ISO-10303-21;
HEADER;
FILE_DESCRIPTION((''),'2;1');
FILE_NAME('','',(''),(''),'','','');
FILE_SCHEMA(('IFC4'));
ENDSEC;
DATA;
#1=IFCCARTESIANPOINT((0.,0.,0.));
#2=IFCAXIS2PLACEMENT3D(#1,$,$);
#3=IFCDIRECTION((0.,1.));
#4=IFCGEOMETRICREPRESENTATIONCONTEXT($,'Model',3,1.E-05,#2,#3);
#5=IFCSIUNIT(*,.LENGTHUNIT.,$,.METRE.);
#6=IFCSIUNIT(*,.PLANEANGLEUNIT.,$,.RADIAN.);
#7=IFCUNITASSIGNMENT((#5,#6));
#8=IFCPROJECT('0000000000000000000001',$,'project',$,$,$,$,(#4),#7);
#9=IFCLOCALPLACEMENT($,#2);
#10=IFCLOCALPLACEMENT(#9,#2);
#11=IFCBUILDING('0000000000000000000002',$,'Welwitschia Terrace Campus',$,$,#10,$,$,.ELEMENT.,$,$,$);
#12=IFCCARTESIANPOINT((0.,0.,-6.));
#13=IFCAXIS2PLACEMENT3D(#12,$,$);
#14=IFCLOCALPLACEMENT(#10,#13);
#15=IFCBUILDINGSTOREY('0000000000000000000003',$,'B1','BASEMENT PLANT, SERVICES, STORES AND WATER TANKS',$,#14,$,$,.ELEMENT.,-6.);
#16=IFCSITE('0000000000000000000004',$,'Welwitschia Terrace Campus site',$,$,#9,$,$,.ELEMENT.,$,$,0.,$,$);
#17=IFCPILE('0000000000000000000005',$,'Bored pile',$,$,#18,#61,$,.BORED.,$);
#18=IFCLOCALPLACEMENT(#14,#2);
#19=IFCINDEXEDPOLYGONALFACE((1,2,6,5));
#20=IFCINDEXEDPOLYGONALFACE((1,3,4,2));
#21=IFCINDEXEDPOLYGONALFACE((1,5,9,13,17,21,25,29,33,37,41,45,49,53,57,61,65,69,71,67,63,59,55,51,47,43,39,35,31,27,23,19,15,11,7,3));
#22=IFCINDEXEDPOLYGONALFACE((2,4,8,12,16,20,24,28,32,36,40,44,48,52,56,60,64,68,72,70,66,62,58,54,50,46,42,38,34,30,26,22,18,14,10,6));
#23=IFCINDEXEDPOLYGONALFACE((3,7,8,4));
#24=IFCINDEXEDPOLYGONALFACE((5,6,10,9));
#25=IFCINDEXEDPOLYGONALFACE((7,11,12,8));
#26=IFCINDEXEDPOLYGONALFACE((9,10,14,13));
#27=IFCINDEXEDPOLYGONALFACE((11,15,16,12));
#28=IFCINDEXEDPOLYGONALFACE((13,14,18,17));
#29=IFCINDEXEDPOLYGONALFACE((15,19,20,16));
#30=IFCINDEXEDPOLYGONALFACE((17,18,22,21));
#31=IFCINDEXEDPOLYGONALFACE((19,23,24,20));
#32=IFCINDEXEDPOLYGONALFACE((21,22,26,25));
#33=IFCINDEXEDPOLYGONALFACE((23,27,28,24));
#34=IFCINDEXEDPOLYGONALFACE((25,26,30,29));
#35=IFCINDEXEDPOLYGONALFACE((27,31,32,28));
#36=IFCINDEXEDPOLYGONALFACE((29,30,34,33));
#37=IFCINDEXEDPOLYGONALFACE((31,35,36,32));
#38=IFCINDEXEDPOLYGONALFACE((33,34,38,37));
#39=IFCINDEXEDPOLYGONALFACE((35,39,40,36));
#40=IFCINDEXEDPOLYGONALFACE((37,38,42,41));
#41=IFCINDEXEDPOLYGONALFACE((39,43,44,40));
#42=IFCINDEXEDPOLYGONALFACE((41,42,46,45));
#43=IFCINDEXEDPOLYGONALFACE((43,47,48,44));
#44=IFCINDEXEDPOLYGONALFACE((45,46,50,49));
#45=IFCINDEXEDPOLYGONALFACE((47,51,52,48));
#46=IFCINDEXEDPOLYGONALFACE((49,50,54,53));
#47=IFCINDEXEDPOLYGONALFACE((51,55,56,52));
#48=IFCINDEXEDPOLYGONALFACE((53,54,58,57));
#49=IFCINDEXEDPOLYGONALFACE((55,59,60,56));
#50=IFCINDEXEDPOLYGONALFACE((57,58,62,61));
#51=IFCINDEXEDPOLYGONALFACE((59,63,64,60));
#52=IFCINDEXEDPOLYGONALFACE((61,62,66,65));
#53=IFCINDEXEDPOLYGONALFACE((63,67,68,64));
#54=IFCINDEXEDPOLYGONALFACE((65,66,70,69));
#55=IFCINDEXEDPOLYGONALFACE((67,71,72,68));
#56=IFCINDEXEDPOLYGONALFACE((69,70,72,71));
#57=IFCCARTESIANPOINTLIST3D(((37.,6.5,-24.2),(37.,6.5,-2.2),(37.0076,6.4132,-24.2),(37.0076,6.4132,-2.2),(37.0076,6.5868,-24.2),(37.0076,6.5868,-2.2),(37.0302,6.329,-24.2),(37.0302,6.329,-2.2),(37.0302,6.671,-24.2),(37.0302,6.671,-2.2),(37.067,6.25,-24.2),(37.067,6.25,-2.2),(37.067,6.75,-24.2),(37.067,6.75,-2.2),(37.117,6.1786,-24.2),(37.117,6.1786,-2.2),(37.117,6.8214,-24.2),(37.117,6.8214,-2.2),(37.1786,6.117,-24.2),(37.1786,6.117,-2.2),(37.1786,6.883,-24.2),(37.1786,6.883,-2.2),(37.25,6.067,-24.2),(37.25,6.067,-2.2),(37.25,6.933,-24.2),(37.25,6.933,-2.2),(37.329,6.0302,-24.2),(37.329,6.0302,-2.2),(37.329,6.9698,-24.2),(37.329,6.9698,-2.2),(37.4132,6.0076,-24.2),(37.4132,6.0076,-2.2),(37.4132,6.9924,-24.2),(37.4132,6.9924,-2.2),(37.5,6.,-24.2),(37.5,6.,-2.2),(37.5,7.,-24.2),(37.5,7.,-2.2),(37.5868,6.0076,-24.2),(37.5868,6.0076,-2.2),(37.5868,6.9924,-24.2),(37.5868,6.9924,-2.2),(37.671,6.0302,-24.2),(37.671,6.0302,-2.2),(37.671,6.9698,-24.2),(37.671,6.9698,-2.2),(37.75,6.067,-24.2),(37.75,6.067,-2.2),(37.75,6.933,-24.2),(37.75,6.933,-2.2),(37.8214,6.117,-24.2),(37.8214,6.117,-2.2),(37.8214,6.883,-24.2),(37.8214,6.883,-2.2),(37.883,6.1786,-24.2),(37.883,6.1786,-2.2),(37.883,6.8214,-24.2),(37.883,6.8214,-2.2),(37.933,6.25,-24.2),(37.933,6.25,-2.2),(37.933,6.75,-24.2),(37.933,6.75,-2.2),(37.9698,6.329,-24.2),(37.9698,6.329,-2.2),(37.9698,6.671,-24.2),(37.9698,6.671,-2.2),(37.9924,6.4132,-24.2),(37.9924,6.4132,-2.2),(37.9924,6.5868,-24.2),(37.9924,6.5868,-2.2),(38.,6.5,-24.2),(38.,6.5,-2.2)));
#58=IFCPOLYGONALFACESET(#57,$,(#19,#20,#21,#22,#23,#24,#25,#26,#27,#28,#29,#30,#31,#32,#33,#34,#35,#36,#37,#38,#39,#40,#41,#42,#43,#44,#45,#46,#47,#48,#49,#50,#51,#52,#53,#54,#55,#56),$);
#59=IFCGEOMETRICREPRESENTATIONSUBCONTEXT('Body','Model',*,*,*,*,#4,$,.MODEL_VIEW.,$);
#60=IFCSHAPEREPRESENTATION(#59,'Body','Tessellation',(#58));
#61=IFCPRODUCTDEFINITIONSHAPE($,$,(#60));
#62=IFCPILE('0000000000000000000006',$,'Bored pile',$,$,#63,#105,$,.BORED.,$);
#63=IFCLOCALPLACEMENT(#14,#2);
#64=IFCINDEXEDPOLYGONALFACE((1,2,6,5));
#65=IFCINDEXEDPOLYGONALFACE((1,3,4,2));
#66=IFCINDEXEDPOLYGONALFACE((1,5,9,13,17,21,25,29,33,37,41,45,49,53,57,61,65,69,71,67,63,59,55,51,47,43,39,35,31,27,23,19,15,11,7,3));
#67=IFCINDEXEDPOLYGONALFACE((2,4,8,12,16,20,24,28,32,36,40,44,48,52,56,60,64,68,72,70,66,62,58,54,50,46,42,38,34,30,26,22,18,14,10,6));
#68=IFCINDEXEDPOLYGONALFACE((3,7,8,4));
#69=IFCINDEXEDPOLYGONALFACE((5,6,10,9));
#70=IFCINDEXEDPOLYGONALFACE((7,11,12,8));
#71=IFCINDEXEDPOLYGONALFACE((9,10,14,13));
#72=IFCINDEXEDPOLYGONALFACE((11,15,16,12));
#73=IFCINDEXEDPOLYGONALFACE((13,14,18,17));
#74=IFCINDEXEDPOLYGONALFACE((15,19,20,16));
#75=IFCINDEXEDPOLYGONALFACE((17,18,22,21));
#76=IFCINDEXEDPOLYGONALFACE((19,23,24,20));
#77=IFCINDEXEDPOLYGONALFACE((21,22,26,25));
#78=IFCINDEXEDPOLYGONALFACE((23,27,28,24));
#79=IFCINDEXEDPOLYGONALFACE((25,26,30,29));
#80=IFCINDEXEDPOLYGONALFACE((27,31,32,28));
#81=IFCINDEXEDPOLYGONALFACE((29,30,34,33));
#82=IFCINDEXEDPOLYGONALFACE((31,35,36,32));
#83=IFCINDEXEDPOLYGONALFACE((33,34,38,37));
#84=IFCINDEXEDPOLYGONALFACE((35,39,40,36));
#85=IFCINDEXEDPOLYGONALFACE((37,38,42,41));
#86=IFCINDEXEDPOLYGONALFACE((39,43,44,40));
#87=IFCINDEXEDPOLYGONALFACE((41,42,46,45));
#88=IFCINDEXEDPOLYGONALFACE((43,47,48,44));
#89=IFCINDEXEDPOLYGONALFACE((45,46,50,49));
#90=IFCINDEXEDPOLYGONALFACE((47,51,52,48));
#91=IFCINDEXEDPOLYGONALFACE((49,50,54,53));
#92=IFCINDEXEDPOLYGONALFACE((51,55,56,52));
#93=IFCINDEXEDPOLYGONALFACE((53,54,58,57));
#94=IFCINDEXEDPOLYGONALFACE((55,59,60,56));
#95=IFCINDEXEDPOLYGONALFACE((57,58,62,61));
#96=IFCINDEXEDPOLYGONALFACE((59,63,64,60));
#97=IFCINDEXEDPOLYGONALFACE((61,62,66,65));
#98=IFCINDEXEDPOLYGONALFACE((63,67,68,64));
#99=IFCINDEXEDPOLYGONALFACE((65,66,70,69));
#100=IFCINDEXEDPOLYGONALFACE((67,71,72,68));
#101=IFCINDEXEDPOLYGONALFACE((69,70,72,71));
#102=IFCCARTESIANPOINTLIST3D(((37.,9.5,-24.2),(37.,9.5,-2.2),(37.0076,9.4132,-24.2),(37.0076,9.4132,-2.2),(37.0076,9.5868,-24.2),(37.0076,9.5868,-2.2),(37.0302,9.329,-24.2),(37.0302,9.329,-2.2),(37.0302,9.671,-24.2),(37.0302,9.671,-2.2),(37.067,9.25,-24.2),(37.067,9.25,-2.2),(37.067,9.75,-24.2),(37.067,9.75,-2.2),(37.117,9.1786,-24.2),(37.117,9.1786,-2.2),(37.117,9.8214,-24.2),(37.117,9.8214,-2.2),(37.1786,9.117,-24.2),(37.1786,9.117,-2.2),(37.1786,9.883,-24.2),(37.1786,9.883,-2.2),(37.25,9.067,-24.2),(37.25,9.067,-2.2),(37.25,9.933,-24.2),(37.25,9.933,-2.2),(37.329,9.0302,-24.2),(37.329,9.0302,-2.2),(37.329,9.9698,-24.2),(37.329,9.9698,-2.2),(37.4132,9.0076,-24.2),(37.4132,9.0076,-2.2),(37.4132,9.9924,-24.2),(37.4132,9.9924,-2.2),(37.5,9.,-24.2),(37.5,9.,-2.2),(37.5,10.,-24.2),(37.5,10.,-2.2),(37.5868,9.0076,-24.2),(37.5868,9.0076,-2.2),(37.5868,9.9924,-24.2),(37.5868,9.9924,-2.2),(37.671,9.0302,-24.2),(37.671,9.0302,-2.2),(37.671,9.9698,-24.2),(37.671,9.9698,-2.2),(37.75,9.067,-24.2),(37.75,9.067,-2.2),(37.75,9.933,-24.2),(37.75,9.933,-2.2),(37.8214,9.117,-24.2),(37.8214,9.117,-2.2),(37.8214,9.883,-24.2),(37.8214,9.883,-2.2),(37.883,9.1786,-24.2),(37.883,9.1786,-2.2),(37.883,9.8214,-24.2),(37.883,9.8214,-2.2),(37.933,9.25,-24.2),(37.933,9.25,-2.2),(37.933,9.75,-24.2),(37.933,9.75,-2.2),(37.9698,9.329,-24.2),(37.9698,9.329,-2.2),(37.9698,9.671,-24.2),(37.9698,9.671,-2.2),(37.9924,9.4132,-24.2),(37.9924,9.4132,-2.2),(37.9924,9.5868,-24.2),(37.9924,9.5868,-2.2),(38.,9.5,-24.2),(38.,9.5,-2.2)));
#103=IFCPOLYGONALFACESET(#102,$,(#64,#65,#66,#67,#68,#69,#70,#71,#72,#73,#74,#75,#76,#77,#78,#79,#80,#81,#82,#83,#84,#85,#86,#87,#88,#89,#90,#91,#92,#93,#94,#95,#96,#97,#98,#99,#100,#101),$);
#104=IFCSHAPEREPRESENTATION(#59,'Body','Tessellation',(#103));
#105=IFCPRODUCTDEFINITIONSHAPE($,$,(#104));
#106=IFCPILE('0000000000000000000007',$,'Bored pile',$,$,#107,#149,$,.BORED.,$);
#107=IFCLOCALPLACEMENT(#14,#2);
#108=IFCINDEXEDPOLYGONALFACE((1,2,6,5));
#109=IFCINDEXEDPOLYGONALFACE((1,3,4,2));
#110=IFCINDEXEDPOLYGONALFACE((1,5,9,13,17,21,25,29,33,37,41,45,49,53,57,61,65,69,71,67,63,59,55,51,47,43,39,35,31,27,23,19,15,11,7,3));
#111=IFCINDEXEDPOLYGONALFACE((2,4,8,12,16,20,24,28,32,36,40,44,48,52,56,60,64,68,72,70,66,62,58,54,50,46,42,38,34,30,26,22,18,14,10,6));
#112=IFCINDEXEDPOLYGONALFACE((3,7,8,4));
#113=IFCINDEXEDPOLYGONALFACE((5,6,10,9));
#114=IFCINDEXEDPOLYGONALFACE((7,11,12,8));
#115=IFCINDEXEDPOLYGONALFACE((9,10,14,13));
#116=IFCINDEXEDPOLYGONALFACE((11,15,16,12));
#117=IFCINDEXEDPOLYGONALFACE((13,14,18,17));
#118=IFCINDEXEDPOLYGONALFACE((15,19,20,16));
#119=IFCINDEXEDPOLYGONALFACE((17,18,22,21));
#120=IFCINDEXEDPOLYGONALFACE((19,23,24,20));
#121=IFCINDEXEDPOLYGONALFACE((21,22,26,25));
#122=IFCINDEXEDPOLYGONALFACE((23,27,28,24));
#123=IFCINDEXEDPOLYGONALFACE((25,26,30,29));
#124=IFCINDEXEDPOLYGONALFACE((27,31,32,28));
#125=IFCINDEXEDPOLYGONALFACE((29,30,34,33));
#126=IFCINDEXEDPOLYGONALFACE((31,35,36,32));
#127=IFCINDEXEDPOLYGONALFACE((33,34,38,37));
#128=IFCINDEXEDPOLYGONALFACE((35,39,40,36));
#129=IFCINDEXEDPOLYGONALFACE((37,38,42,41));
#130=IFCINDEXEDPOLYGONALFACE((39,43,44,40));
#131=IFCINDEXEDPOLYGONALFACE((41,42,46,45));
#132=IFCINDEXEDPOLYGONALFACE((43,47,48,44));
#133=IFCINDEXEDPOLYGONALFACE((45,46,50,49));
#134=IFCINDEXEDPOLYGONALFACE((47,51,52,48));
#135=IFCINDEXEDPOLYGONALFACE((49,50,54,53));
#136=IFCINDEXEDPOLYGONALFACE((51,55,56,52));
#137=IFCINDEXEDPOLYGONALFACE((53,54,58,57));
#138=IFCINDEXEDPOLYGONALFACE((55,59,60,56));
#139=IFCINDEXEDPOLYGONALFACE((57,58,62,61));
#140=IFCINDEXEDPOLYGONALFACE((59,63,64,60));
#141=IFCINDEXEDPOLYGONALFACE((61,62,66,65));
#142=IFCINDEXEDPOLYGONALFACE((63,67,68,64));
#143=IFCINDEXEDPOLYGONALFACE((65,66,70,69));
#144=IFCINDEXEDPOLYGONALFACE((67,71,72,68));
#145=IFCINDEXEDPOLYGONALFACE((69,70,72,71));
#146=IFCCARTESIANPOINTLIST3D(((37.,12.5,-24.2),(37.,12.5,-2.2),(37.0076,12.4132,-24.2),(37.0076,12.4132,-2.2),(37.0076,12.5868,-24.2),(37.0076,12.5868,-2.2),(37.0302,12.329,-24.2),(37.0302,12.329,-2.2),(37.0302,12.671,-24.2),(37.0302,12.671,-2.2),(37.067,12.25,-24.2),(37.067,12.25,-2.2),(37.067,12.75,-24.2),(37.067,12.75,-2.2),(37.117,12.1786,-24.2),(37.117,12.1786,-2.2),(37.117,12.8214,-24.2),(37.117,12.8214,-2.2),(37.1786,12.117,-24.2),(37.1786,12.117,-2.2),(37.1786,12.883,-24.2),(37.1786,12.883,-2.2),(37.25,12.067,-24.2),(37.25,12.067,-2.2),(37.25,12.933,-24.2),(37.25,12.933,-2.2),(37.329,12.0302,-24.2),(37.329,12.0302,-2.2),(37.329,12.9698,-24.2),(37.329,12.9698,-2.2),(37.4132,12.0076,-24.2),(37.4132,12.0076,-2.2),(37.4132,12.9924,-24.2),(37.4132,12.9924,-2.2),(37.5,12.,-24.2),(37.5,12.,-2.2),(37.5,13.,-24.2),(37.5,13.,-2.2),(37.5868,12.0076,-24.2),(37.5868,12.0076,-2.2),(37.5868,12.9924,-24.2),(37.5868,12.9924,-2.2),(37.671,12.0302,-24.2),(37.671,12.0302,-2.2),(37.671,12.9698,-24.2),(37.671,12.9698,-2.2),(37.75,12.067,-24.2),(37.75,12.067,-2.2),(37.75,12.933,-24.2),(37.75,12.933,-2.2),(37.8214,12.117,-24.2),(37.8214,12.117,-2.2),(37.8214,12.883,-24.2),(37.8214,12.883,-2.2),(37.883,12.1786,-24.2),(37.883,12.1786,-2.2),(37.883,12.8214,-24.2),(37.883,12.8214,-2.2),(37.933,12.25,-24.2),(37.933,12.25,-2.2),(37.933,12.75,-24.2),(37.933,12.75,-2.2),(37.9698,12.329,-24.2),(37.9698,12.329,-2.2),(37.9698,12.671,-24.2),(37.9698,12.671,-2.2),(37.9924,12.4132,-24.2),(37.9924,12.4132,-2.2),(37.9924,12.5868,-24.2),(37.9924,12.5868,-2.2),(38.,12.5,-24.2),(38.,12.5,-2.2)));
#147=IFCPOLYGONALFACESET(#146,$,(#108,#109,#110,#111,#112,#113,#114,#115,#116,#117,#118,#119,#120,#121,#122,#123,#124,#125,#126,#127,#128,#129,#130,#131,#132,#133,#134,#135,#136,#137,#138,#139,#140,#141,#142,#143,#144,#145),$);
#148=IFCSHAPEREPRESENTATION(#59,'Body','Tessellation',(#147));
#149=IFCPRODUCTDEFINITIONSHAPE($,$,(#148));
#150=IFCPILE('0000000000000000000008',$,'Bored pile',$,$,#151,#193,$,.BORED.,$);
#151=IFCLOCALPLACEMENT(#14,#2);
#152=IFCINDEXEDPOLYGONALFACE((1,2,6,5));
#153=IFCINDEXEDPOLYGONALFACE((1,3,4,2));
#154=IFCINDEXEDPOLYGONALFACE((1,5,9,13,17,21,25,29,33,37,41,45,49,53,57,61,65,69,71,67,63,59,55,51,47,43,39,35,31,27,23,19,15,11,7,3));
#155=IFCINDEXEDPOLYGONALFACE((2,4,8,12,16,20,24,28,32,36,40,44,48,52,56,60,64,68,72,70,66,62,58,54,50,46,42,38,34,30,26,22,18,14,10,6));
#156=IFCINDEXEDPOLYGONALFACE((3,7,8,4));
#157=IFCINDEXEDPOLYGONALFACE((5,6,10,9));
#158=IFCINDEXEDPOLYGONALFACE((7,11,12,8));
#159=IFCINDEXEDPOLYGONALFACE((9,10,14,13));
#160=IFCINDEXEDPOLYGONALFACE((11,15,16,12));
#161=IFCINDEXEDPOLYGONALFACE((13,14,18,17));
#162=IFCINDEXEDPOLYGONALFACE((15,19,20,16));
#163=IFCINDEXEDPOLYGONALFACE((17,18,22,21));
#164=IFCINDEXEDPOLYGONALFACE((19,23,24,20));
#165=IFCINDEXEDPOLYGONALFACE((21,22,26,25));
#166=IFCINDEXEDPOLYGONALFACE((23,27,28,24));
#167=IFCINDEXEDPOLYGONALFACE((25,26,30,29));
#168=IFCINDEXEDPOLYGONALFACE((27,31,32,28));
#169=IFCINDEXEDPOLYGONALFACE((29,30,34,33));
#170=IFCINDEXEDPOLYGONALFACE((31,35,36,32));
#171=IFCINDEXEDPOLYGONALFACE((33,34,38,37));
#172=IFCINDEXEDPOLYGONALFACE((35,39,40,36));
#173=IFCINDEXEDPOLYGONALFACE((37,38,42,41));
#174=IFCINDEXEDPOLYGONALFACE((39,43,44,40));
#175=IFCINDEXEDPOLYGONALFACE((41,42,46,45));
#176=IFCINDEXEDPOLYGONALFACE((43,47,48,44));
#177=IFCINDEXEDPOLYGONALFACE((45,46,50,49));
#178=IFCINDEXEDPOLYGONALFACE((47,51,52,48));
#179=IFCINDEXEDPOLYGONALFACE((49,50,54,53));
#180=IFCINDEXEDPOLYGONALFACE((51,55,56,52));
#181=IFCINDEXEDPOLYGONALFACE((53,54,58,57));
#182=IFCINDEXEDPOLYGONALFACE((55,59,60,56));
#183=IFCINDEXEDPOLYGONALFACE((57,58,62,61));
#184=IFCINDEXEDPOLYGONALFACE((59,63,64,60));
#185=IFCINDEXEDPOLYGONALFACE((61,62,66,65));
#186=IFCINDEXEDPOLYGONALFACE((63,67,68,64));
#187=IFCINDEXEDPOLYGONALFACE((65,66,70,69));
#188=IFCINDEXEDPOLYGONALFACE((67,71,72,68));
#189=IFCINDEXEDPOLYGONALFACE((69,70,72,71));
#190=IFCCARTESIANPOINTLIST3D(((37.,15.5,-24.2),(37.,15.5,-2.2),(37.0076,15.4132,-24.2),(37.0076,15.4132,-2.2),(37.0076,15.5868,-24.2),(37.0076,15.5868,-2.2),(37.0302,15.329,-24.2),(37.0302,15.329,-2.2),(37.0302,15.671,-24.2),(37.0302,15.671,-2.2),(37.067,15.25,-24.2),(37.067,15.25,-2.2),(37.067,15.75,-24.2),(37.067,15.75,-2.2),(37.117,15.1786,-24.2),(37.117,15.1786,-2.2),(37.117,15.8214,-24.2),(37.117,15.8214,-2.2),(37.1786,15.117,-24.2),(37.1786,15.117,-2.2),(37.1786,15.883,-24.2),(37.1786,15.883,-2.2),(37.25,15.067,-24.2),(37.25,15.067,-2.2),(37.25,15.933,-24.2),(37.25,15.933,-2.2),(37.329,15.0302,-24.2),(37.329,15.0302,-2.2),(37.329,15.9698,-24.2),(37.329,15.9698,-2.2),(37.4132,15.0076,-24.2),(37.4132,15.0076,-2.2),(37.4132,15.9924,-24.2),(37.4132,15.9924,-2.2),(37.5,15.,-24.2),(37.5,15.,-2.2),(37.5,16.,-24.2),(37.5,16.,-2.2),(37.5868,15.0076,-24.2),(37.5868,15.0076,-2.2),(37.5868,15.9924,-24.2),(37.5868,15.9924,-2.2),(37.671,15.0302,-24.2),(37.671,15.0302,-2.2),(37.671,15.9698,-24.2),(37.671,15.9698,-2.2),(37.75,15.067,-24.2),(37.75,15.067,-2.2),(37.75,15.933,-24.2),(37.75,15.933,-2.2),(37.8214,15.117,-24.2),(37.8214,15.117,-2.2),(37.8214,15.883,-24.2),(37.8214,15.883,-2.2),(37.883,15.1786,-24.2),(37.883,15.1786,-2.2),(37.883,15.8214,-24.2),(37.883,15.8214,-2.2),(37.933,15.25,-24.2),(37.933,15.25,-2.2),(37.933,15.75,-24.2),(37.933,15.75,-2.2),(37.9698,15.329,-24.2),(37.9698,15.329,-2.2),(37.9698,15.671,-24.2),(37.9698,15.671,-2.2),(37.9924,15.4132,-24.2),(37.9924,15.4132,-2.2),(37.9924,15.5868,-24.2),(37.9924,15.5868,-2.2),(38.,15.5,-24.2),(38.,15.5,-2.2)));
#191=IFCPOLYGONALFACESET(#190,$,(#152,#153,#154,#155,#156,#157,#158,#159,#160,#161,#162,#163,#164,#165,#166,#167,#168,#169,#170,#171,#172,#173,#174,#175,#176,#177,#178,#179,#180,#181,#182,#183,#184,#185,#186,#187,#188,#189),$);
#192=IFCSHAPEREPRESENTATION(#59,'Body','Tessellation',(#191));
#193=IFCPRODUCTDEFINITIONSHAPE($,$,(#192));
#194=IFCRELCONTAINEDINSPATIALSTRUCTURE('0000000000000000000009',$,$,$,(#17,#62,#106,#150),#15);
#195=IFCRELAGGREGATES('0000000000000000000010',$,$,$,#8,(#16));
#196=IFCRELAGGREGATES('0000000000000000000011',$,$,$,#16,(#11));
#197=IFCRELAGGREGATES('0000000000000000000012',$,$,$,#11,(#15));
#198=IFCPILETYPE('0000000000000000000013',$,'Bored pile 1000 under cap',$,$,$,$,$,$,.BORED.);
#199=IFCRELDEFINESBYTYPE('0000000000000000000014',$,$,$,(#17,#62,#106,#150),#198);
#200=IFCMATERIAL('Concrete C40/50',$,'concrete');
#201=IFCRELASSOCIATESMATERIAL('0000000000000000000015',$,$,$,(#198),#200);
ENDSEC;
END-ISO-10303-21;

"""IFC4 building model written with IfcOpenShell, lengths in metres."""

from ifc_helpers import new_model, si_unit, direction, frame, origin, origin_2d, place, context, subcontext, project, spatial, circle, extrude, material, type_object, element, save


model = new_model("IFC4")

# Units and contexts
model_context = context("Model", 3, precision=1e-05, world=origin(), true_north=direction((0.0, 1.0)))
body_context = subcontext(model_context, "Body", "Model", "MODEL_VIEW")
ifc_project = project(units=[si_unit("LENGTHUNIT", "METRE"), si_unit("PLANEANGLEUNIT", "RADIAN")], contexts=[model_context])

# Site, building, storey
site_placement = place(None, origin())
site = spatial("IfcSite", under=ifc_project, at=site_placement, Name="Welwitschia Terrace Campus site", CompositionType="ELEMENT", RefElevation=0.0)
building_placement = place(site_placement, origin())
building = spatial("IfcBuilding", under=site, at=building_placement, Name="Welwitschia Terrace Campus", CompositionType="ELEMENT")
storey_placement = place(building_placement, frame((0.0, 0.0, -6.0)))
storey = spatial("IfcBuildingStorey", under=building, at=storey_placement, Name="B1", Description="BASEMENT PLANT, SERVICES, STORES AND WATER TANKS", CompositionType="ELEMENT", Elevation=-6.0)

# Piles
ifc_material_1 = material(Name="Concrete C40/50", Category="concrete")
pile_type = type_object("IfcPileType", Name="Bored pile 1000 under cap", PredefinedType="BORED", material=ifc_material_1)
for number, where, z_axis, x_axis, name in (
    (1, (37.5, 6.5, -2.2), (0.0, 0.0, -1.0), (1.0, 0.0, 0.0), "Bored pile"),
    (2, (37.5, 9.5, -2.2), (0.0, 0.0, -1.0), (1.0, 0.0, 0.0), "Bored pile"),
    (3, (37.5, 12.5, -2.2), (0.0, 0.0, -1.0), (1.0, 0.0, 0.0), "Bored pile"),
    (4, (37.5, 15.5, -2.2), (0.0, 0.0, -1.0), (1.0, 0.0, 0.0), "Bored pile"),
):
    element("IfcPile", number, at=place(storey_placement, frame(where, z_axis=z_axis, x_axis=x_axis)), inside=storey, type_object=pile_type, Name=name, PredefinedType="BORED", context=body_context, shape_type="SweptSolid", body=[
        extrude(circle(Radius=0.5, at=origin_2d()), origin(), (0.0, 0.0, 1.0), 22.0),
    ])

save(model, "model.ifc")
